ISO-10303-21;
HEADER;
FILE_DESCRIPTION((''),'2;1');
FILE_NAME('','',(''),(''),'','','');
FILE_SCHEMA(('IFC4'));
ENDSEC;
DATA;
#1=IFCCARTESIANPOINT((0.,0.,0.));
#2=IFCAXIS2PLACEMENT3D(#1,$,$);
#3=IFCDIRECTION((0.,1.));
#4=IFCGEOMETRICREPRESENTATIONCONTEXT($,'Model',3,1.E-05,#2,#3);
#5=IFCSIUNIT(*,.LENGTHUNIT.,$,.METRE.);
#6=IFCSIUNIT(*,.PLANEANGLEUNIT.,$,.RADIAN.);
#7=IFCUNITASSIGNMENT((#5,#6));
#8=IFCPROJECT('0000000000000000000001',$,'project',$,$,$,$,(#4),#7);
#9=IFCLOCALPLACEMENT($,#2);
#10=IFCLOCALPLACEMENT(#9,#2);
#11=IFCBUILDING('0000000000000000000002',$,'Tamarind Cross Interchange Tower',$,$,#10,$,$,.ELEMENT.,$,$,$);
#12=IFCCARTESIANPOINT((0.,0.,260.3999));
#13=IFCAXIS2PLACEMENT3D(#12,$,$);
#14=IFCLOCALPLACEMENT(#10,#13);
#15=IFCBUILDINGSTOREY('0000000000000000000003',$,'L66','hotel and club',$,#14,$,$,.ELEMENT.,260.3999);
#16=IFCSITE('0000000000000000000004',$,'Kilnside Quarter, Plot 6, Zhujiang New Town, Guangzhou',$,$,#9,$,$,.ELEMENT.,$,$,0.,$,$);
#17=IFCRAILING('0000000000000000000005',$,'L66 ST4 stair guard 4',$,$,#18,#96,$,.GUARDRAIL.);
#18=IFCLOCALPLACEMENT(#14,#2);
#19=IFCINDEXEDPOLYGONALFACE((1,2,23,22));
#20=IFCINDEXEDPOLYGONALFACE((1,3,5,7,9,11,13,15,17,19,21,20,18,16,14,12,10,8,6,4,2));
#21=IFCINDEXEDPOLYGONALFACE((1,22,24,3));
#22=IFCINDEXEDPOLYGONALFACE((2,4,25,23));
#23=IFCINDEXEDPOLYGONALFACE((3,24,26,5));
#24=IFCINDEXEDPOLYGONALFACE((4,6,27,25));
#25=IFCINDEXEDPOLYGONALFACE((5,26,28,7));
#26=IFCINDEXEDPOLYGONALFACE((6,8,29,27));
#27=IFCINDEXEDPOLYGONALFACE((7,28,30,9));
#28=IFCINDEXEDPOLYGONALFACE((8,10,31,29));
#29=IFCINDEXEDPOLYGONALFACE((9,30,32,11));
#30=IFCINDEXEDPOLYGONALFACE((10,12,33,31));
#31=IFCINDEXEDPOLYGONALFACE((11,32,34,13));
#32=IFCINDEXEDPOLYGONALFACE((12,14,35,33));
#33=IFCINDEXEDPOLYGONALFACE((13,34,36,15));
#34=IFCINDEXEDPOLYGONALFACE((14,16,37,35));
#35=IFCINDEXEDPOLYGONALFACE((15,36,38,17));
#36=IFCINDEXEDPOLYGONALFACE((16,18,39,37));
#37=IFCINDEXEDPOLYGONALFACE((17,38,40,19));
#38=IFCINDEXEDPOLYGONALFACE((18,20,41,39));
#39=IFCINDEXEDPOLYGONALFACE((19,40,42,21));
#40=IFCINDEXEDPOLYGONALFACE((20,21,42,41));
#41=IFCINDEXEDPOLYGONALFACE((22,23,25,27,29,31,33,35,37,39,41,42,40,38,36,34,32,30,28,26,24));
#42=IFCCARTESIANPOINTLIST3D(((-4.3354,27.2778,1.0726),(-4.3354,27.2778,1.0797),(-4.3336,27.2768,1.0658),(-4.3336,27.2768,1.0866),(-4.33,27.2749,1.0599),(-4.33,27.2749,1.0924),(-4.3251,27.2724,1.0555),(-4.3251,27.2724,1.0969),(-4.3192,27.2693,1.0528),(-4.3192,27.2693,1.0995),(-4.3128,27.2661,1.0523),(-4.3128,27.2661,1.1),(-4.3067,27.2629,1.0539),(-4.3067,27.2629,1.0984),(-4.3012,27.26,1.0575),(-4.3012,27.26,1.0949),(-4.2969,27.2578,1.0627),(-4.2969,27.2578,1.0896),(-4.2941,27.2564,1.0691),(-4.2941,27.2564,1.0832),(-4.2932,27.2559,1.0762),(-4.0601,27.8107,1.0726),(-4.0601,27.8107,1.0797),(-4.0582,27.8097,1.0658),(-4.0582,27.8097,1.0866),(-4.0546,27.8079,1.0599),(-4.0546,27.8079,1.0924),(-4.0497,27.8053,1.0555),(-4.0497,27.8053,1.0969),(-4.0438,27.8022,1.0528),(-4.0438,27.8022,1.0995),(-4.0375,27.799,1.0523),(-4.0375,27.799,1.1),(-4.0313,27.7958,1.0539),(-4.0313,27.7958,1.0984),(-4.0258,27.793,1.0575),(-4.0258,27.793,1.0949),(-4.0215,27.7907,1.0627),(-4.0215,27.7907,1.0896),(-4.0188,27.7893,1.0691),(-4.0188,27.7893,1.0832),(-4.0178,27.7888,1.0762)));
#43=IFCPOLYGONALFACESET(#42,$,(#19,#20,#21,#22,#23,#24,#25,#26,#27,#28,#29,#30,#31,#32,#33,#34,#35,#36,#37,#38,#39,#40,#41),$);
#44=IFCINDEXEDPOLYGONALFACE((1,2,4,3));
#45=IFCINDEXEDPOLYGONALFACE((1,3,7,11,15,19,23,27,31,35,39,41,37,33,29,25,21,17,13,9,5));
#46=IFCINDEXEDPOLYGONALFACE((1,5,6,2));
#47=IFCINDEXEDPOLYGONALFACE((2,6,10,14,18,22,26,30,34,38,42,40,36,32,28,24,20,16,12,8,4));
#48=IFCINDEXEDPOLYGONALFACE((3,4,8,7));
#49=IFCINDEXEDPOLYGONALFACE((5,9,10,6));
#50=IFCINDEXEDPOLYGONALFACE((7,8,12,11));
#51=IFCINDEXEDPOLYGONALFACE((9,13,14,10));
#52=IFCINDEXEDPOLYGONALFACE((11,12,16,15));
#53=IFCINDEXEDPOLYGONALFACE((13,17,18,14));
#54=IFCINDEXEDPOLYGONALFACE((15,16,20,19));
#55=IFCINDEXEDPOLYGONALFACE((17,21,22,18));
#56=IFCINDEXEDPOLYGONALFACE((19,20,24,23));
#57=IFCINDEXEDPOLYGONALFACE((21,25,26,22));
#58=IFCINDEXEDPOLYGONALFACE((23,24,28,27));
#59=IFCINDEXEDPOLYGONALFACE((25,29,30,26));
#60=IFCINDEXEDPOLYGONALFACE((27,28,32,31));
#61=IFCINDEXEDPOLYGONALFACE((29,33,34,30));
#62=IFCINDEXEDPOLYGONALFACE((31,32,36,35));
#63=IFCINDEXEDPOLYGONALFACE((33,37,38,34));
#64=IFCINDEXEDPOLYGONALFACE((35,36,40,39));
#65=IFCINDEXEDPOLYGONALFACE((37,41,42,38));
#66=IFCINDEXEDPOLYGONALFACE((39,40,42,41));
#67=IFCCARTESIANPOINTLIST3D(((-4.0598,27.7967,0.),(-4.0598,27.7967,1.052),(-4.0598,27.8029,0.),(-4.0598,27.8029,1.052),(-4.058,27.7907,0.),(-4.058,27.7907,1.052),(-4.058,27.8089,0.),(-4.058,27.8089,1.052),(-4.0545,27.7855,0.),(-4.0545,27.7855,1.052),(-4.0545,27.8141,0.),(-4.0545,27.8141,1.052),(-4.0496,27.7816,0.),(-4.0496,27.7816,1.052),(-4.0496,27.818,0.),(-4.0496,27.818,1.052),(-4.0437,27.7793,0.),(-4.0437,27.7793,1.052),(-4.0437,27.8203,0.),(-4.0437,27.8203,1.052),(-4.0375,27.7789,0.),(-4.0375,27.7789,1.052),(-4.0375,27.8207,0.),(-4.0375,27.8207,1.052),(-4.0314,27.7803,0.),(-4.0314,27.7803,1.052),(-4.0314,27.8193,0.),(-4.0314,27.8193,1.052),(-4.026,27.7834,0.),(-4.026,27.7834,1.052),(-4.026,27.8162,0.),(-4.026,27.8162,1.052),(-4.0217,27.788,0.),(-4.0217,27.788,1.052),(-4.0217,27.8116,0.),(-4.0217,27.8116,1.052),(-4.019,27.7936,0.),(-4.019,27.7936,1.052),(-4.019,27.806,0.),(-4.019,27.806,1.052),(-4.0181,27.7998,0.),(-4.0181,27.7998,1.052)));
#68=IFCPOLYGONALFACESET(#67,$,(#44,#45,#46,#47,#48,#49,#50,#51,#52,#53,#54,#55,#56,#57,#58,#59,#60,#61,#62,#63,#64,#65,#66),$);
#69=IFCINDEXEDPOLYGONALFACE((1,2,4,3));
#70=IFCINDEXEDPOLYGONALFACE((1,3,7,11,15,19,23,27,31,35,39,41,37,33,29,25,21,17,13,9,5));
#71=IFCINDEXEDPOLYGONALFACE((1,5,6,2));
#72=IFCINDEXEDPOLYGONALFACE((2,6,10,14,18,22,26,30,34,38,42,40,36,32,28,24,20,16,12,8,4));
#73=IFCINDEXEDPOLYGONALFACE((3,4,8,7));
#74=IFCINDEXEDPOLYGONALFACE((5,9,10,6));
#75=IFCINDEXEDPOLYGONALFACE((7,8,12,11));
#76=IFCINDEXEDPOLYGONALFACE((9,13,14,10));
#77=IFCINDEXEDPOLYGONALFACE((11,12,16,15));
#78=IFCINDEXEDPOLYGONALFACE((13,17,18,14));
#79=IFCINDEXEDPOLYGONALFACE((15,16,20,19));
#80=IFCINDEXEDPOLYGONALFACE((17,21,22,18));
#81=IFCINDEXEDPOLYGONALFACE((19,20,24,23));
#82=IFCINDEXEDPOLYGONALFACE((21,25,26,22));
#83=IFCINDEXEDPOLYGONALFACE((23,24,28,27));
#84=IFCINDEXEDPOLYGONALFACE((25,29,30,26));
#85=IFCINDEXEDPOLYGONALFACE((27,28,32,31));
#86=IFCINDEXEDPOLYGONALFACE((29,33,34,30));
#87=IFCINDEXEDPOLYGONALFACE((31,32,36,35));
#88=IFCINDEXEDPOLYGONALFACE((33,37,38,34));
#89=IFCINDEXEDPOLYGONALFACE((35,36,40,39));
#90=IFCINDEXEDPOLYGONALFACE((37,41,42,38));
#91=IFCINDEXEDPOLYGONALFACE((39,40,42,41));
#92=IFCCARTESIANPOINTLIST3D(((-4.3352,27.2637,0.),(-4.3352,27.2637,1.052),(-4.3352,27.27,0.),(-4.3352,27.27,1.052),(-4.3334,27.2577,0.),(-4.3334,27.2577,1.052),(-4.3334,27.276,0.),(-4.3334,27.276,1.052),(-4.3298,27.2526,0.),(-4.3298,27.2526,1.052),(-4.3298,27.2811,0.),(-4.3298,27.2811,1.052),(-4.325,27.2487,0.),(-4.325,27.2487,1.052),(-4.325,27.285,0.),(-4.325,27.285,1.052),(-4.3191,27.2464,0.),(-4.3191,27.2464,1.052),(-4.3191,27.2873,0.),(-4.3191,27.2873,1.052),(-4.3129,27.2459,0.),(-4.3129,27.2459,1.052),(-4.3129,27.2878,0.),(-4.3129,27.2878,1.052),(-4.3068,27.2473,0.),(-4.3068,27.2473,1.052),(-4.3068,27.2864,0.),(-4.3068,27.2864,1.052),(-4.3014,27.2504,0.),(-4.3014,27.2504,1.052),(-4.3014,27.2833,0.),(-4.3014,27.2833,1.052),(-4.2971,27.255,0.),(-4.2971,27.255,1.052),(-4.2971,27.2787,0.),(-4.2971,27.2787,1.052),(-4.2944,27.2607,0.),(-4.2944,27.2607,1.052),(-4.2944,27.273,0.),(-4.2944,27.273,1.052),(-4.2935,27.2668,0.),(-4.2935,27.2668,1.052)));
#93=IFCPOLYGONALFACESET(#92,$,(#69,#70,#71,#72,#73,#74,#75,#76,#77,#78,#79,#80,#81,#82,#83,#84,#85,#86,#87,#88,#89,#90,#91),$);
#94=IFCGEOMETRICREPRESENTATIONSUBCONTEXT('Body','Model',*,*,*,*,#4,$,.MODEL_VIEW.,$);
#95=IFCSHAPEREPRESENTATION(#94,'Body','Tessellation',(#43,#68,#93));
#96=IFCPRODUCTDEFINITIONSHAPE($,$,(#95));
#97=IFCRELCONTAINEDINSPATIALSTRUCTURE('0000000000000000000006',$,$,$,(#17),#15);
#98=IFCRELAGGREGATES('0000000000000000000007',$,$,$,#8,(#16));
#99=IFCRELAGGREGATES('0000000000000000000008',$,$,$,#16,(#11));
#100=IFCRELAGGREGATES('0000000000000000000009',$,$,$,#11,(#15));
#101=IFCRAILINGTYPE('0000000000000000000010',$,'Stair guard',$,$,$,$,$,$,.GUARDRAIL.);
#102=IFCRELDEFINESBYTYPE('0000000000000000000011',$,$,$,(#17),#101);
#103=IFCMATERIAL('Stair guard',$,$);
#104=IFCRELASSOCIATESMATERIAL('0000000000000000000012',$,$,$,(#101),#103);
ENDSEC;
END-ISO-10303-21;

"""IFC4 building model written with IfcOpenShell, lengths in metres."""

from ifc_helpers import new_model, si_unit, direction, frame, origin, origin_2d, place, context, subcontext, project, spatial, circle, extrude, material, type_object, element, save


model = new_model("IFC4")

# Units and contexts
model_context = context("Model", 3, precision=1e-05, world=origin(), true_north=direction((0.0, 1.0)))
body_context = subcontext(model_context, "Body", "Model", "MODEL_VIEW")
ifc_project = project(units=[si_unit("LENGTHUNIT", "METRE"), si_unit("PLANEANGLEUNIT", "RADIAN")], contexts=[model_context])

# Site, building, storey
site_placement = place(None, origin())
site = spatial("IfcSite", under=ifc_project, at=site_placement, Name="Kilnside Quarter, Plot 6, Zhujiang New Town, Guangzhou", CompositionType="ELEMENT", RefElevation=0.0)
building_placement = place(site_placement, origin())
building = spatial("IfcBuilding", under=site, at=building_placement, Name="Tamarind Cross Interchange Tower", CompositionType="ELEMENT")
storey_placement = place(building_placement, frame((0.0, 0.0, 260.3999)))
storey = spatial("IfcBuildingStorey", under=building, at=storey_placement, Name="L66", Description="hotel and club", CompositionType="ELEMENT", Elevation=260.3999)

# Railing
ifc_material_1 = material(Name="Stair guard")
railing_type_1 = type_object("IfcRailingType", Name="Stair guard", PredefinedType="GUARDRAIL", material=ifc_material_1)
railing_1_placement = place(storey_placement, frame((-4.0391, 27.7998, 0.0)))
element("IfcRailing", 1, at=railing_1_placement, inside=storey, type_object=railing_type_1, Name="L66 ST4 stair guard 4", PredefinedType="GUARDRAIL", context=body_context, shape_type="SweptSolid", body=[
    extrude(circle(Radius=0.0239, at=origin_2d()), frame((0.0, 0.0, 1.0762), z_axis=(-0.459058, -0.888407, 0.0), x_axis=(0.888407, -0.459058, 0.0)), (0.0, 0.0, 1.0), 0.5999),
    extrude(circle(Radius=0.021, at=origin_2d()), origin(), (0.0, 0.0, 1.0), 1.052),
    extrude(circle(Radius=0.021, at=origin_2d()), frame((-0.2754, -0.533, 0.0)), (0.0, 0.0, 1.0), 1.052),
])

save(model, "model.ifc")
